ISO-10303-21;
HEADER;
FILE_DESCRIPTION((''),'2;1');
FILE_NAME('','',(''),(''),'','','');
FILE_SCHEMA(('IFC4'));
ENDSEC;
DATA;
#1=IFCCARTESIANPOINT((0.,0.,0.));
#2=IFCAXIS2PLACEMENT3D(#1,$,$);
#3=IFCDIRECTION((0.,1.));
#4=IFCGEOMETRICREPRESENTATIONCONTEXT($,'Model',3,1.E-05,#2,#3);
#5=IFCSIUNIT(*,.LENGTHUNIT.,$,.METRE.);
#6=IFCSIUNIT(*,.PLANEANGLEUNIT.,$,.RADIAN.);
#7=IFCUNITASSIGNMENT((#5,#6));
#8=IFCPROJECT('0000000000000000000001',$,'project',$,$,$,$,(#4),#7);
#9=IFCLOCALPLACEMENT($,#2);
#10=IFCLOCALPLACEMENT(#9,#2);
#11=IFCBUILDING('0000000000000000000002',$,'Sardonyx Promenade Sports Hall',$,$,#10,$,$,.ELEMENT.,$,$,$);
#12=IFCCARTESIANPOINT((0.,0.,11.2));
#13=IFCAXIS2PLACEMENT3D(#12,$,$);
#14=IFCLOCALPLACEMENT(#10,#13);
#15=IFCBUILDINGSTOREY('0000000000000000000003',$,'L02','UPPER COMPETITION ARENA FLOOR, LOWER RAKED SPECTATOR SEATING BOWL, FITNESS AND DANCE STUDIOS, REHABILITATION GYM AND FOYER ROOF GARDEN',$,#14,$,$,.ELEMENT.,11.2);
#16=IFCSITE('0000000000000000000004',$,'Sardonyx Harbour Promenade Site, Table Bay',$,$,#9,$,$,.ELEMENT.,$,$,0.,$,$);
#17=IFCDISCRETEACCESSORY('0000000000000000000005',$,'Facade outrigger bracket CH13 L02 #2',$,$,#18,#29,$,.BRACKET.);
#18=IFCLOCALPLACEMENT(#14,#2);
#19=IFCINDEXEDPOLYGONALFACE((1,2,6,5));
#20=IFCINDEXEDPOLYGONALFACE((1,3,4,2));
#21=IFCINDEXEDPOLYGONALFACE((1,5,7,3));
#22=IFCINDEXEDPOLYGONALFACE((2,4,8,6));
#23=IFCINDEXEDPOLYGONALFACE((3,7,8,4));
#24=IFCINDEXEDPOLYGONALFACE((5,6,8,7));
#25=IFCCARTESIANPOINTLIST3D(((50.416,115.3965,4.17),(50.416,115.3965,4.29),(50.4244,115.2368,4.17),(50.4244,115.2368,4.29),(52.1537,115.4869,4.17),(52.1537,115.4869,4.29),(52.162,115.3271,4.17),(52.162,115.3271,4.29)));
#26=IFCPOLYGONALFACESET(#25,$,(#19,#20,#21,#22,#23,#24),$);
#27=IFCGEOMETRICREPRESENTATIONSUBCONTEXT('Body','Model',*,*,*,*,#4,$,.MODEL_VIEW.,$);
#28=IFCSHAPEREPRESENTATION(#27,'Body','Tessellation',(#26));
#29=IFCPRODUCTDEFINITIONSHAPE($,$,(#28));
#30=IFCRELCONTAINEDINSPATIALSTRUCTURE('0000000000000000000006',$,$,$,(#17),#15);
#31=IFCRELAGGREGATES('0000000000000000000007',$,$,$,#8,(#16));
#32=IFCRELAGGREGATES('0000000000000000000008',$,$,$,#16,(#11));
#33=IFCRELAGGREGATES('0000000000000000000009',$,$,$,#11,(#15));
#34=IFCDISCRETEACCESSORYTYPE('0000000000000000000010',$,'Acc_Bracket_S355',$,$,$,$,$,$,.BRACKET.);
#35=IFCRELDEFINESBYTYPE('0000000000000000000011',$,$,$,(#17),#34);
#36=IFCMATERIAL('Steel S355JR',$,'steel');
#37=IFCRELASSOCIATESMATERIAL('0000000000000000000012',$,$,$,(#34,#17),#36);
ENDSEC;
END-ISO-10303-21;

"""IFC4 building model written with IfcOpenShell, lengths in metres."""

from ifc_helpers import new_model, si_unit, direction, frame, origin, place, context, subcontext, project, spatial, rectangle, extrude, material, type_object, element, save


model = new_model("IFC4")

# Units and contexts
model_context = context("Model", 3, precision=1e-05, world=origin(), true_north=direction((0.0, 1.0)))
body_context = subcontext(model_context, "Body", "Model", "MODEL_VIEW")
ifc_project = project(units=[si_unit("LENGTHUNIT", "METRE"), si_unit("PLANEANGLEUNIT", "RADIAN")], contexts=[model_context])

# Site, building, storey
site_placement = place(None, origin())
site = spatial("IfcSite", under=ifc_project, at=site_placement, Name="Sardonyx Harbour Promenade Site, Table Bay", CompositionType="ELEMENT", RefElevation=0.0)
building_placement = place(site_placement, origin())
building = spatial("IfcBuilding", under=site, at=building_placement, Name="Sardonyx Promenade Sports Hall", CompositionType="ELEMENT")
storey_placement = place(building_placement, frame((0.0, 0.0, 11.2)))
storey = spatial("IfcBuildingStorey", under=building, at=storey_placement, Name="L02", Description="UPPER COMPETITION ARENA FLOOR, LOWER RAKED SPECTATOR SEATING BOWL, FITNESS AND DANCE STUDIOS, REHABILITATION GYM AND FOYER ROOF GARDEN", CompositionType="ELEMENT", Elevation=11.2)

# Discrete accessory
ifc_material_1 = material(Name="Steel S355JR", Category="steel")
discrete_accessory_type = type_object("IfcDiscreteAccessoryType", Name="Acc_Bracket_S355", PredefinedType="BRACKET", material=ifc_material_1)
for number, where, z_axis, x_axis, name in (
    (1, (51.289, 115.3618, 4.17), (0.0, 0.0, 1.0), (0.998652, 0.051902, 0.0), "Facade outrigger bracket CH13 L02 #2"),
):
    element("IfcDiscreteAccessory", number, at=place(storey_placement, frame(where, z_axis=z_axis, x_axis=x_axis)), inside=storey, type_object=discrete_accessory_type, material=ifc_material_1, Name=name, PredefinedType="BRACKET", context=body_context, shape_type="SweptSolid", body=[
        extrude(rectangle(XDim=1.74, YDim=0.16), origin(), (0.0, 0.0, 1.0), 0.12),
    ])

save(model, "model.ifc")
